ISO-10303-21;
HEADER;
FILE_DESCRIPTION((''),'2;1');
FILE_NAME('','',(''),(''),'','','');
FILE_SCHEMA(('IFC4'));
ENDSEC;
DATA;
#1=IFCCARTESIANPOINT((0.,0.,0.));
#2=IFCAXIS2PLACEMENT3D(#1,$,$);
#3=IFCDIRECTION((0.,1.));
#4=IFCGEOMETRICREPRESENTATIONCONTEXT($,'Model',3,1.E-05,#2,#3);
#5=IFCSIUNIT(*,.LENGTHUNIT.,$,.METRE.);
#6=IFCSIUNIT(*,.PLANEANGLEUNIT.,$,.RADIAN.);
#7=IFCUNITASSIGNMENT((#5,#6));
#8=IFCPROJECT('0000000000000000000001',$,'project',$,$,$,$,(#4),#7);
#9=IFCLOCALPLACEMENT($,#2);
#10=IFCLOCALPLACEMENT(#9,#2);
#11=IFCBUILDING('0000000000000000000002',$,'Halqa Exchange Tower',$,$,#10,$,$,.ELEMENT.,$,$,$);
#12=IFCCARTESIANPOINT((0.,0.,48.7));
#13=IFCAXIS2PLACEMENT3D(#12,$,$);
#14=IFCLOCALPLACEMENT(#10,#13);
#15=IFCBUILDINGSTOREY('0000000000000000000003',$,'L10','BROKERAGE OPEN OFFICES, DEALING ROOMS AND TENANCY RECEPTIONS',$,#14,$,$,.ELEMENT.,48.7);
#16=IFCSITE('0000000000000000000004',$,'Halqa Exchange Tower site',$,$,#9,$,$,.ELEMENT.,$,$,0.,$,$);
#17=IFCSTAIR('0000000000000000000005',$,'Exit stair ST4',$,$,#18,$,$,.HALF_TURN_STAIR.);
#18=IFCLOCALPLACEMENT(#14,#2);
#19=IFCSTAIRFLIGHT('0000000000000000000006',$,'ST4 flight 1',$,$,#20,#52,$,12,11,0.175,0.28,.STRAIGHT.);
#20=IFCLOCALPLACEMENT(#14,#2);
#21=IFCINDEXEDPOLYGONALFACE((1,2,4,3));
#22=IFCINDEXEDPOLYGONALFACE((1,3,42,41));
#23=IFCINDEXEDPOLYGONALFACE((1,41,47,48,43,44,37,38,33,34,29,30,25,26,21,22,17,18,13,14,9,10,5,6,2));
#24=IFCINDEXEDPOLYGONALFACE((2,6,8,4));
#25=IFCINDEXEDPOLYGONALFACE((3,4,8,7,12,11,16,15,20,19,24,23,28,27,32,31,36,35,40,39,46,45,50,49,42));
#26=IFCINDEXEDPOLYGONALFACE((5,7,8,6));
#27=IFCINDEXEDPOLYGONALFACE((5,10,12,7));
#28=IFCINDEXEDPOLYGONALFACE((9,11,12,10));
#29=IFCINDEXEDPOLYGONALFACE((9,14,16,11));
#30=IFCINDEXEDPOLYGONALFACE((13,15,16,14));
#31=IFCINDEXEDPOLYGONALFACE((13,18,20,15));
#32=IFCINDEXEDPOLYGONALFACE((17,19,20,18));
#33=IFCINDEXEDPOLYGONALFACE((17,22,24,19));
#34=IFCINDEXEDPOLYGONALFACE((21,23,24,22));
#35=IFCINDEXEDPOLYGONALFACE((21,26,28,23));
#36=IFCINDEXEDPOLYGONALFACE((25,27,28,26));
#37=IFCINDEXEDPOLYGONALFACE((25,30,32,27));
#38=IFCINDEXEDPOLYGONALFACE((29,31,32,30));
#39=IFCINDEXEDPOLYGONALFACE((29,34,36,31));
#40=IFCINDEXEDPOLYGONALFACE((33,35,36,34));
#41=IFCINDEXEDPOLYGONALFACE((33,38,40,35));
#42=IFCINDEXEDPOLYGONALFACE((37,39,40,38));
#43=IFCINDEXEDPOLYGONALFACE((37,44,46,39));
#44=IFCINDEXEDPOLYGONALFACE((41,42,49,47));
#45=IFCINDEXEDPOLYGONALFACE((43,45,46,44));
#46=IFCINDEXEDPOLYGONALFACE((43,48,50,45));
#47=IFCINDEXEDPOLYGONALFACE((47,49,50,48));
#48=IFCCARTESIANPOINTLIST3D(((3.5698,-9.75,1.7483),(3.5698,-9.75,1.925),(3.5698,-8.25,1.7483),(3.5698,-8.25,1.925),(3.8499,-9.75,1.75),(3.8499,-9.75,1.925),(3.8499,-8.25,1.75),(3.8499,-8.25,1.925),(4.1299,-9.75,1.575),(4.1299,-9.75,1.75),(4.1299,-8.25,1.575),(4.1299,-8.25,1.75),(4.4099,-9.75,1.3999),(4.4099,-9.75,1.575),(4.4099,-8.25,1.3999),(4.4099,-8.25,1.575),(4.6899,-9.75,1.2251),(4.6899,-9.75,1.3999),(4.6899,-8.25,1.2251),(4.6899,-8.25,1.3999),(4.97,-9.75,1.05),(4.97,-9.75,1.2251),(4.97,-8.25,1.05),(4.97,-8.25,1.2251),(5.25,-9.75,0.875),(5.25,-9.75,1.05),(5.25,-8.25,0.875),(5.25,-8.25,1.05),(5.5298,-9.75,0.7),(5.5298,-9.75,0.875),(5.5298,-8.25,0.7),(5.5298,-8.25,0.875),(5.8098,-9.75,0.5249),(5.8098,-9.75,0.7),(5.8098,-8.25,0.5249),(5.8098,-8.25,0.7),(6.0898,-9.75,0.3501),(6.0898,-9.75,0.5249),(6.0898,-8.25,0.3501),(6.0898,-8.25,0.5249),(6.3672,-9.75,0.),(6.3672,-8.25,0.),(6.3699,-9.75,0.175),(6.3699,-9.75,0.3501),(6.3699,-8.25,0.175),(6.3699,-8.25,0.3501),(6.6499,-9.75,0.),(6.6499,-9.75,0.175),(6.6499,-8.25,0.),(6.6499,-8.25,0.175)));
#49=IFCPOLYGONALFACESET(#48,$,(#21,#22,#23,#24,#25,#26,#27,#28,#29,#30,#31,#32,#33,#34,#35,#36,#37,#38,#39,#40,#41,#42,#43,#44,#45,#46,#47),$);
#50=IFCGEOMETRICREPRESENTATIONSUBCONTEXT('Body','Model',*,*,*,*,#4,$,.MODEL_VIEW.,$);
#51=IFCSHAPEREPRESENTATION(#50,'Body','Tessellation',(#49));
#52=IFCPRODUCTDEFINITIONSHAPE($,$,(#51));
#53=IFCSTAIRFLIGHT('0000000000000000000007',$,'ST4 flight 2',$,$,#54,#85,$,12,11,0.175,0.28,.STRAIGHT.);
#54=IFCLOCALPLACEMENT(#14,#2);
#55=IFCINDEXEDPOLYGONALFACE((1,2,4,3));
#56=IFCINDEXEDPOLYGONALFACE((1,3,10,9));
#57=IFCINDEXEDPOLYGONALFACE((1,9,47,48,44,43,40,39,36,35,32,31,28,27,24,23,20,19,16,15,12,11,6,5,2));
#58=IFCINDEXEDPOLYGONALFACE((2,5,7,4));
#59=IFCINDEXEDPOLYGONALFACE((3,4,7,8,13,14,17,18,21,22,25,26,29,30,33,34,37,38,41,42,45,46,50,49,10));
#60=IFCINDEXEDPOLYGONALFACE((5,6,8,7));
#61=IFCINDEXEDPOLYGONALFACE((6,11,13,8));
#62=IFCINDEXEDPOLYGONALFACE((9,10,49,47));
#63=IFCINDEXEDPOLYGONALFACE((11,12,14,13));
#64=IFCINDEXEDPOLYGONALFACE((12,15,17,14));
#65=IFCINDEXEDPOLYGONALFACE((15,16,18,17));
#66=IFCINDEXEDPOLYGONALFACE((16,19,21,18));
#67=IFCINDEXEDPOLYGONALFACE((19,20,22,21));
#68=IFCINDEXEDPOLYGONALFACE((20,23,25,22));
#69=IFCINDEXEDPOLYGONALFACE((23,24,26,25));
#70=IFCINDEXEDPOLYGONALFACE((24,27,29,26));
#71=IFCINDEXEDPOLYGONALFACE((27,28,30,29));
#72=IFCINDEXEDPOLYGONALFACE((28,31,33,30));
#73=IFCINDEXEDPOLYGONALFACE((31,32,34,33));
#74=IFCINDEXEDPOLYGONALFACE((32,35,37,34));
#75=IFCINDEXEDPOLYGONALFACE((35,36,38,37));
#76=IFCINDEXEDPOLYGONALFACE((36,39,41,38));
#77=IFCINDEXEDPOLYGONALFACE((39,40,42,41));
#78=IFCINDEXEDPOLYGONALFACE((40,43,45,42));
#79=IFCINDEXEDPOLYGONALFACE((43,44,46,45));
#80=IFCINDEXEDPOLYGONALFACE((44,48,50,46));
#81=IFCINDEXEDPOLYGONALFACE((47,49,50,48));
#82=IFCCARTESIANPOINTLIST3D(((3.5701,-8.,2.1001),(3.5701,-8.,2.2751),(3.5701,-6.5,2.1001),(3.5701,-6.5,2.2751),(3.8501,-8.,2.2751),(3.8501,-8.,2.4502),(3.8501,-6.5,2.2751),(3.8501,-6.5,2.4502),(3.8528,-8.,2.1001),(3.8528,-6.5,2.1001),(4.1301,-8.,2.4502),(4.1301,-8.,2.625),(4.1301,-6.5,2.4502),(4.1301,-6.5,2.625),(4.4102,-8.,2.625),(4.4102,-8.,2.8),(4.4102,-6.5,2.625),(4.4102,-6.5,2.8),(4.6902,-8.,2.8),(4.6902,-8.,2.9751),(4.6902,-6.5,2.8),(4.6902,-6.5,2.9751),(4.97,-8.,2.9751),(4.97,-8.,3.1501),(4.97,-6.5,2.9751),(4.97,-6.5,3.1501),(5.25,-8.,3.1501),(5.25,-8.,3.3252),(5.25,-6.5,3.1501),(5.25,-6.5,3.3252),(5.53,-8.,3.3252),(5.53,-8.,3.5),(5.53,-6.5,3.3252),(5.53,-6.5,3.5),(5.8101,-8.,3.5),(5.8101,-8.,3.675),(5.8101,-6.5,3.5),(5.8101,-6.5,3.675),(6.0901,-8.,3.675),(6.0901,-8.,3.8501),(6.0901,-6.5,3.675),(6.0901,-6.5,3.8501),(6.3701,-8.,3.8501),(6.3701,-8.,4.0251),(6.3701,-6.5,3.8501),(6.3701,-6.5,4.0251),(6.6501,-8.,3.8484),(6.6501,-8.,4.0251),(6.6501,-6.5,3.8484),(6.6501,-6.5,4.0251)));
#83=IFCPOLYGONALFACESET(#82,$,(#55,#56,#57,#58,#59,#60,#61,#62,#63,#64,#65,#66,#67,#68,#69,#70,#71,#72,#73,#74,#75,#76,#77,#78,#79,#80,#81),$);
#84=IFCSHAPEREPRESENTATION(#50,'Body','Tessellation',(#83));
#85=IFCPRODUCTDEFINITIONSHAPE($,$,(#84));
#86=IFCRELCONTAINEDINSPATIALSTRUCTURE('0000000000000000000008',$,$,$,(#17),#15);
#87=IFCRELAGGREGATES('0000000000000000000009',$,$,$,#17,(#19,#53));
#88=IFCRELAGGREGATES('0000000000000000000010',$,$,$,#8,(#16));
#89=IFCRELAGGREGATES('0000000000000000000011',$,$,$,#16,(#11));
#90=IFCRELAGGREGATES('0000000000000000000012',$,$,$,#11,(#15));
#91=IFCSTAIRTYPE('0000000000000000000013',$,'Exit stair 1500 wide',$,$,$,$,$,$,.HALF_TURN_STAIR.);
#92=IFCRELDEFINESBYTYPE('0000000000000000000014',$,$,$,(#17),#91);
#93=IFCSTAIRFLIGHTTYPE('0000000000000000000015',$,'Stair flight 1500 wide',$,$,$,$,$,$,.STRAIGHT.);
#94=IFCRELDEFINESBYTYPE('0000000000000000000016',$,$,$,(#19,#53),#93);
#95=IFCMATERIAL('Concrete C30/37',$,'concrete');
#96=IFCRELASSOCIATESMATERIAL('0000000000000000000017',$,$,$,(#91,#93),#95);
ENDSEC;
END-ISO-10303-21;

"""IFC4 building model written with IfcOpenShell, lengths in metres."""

from ifc_helpers import new_model, si_unit, direction, frame, origin, place, context, subcontext, project, spatial, polyline, outline, extrude, material, type_object, element, aggregate, save


model = new_model("IFC4")

# Units and contexts
model_context = context("Model", 3, precision=1e-05, world=origin(), true_north=direction((0.0, 1.0)))
body_context = subcontext(model_context, "Body", "Model", "MODEL_VIEW")
ifc_project = project(units=[si_unit("LENGTHUNIT", "METRE"), si_unit("PLANEANGLEUNIT", "RADIAN")], contexts=[model_context])

# Site, building, storey
site_placement = place(None, origin())
site = spatial("IfcSite", under=ifc_project, at=site_placement, Name="Halqa Exchange Tower site", CompositionType="ELEMENT", RefElevation=0.0)
building_placement = place(site_placement, origin())
building = spatial("IfcBuilding", under=site, at=building_placement, Name="Halqa Exchange Tower", CompositionType="ELEMENT")
storey_placement = place(building_placement, frame((0.0, 0.0, 48.7)))
storey = spatial("IfcBuildingStorey", under=building, at=storey_placement, Name="L10", Description="BROKERAGE OPEN OFFICES, DEALING ROOMS AND TENANCY RECEPTIONS", CompositionType="ELEMENT", Elevation=48.7)

# Shared definitions
ifc_material_1 = material(Name="Concrete C30/37", Category="concrete")

# Stair, stair flights
stair_type = type_object("IfcStairType", Name="Exit stair 1500 wide", PredefinedType="HALF_TURN_STAIR", material=ifc_material_1)
stair_placement = place(storey_placement, origin())
stair = element("IfcStair", 1, at=stair_placement, inside=storey, type_object=stair_type, Name="Exit stair ST4", PredefinedType="HALF_TURN_STAIR")
stair_flight_type = type_object("IfcStairFlightType", Name="Stair flight 1500 wide", PredefinedType="STRAIGHT", material=ifc_material_1)
stair_flight_1_placement = place(storey_placement, frame((6.6499, -9.0, 0.0), z_axis=(0.0, 0.0, 1.0), x_axis=(-1.0, 0.0, 0.0)))
stair_flight_1 = element("IfcStairFlight", 2, at=stair_flight_1_placement, type_object=stair_flight_type, Name="ST4 flight 1", NumberOfRisers=12, NumberOfTreads=11, PredefinedType="STRAIGHT", RiserHeight=0.175, TreadLength=0.28, context=body_context, shape_type="SweptSolid", body=[
    extrude(outline(polyline([(0.0, 0.0), (0.0, 0.175), (0.28, 0.175), (0.28, 0.3501), (0.5601, 0.3501), (0.5601, 0.5249), (0.8401, 0.5249), (0.8401, 0.7), (1.1201, 0.7), (1.1201, 0.875), (1.3999, 0.875), (1.3999, 1.05), (1.6799, 1.05), (1.6799, 1.2251), (1.96, 1.2251), (1.96, 1.3999), (2.24, 1.3999), (2.24, 1.575), (2.52, 1.575), (2.52, 1.75), (2.8, 1.75), (2.8, 1.925), (3.0801, 1.925), (3.0801, 2.1001), (3.0801, 1.7483), (0.2827, 0.0), (0.0, 0.0)])), frame((0.0, 0.75, 0.0), z_axis=(0.0, -1.0, 0.0), x_axis=(1.0, 0.0, 0.0)), (0.0, 0.0, 1.0), 1.5),
])
stair_flight_2_placement = place(storey_placement, frame((3.5701, -7.25, 2.1001), z_axis=(0.0, 0.0, 1.0), x_axis=(1.0, 0.0, 0.0)))
stair_flight_2 = element("IfcStairFlight", 3, at=stair_flight_2_placement, type_object=stair_flight_type, Name="ST4 flight 2", NumberOfRisers=12, NumberOfTreads=11, PredefinedType="STRAIGHT", RiserHeight=0.175, TreadLength=0.28, context=body_context, shape_type="SweptSolid", body=[
    extrude(outline(polyline([(0.0, 0.0), (0.0, 0.175), (0.28, 0.175), (0.28, 0.3501), (0.5601, 0.3501), (0.5601, 0.5249), (0.8401, 0.5249), (0.8401, 0.7), (1.1201, 0.7), (1.1201, 0.875), (1.3999, 0.875), (1.3999, 1.05), (1.6799, 1.05), (1.6799, 1.2251), (1.96, 1.2251), (1.96, 1.3999), (2.24, 1.3999), (2.24, 1.575), (2.52, 1.575), (2.52, 1.75), (2.8, 1.75), (2.8, 1.925), (3.0801, 1.925), (3.0801, 2.1001), (3.0801, 1.7483), (0.2827, 0.0), (0.0, 0.0)])), frame((0.0, 0.75, 0.0), z_axis=(0.0, -1.0, 0.0), x_axis=(1.0, 0.0, 0.0)), (0.0, 0.0, 1.0), 1.5),
])
aggregate(stair, [stair_flight_1, stair_flight_2])

save(model, "model.ifc")
